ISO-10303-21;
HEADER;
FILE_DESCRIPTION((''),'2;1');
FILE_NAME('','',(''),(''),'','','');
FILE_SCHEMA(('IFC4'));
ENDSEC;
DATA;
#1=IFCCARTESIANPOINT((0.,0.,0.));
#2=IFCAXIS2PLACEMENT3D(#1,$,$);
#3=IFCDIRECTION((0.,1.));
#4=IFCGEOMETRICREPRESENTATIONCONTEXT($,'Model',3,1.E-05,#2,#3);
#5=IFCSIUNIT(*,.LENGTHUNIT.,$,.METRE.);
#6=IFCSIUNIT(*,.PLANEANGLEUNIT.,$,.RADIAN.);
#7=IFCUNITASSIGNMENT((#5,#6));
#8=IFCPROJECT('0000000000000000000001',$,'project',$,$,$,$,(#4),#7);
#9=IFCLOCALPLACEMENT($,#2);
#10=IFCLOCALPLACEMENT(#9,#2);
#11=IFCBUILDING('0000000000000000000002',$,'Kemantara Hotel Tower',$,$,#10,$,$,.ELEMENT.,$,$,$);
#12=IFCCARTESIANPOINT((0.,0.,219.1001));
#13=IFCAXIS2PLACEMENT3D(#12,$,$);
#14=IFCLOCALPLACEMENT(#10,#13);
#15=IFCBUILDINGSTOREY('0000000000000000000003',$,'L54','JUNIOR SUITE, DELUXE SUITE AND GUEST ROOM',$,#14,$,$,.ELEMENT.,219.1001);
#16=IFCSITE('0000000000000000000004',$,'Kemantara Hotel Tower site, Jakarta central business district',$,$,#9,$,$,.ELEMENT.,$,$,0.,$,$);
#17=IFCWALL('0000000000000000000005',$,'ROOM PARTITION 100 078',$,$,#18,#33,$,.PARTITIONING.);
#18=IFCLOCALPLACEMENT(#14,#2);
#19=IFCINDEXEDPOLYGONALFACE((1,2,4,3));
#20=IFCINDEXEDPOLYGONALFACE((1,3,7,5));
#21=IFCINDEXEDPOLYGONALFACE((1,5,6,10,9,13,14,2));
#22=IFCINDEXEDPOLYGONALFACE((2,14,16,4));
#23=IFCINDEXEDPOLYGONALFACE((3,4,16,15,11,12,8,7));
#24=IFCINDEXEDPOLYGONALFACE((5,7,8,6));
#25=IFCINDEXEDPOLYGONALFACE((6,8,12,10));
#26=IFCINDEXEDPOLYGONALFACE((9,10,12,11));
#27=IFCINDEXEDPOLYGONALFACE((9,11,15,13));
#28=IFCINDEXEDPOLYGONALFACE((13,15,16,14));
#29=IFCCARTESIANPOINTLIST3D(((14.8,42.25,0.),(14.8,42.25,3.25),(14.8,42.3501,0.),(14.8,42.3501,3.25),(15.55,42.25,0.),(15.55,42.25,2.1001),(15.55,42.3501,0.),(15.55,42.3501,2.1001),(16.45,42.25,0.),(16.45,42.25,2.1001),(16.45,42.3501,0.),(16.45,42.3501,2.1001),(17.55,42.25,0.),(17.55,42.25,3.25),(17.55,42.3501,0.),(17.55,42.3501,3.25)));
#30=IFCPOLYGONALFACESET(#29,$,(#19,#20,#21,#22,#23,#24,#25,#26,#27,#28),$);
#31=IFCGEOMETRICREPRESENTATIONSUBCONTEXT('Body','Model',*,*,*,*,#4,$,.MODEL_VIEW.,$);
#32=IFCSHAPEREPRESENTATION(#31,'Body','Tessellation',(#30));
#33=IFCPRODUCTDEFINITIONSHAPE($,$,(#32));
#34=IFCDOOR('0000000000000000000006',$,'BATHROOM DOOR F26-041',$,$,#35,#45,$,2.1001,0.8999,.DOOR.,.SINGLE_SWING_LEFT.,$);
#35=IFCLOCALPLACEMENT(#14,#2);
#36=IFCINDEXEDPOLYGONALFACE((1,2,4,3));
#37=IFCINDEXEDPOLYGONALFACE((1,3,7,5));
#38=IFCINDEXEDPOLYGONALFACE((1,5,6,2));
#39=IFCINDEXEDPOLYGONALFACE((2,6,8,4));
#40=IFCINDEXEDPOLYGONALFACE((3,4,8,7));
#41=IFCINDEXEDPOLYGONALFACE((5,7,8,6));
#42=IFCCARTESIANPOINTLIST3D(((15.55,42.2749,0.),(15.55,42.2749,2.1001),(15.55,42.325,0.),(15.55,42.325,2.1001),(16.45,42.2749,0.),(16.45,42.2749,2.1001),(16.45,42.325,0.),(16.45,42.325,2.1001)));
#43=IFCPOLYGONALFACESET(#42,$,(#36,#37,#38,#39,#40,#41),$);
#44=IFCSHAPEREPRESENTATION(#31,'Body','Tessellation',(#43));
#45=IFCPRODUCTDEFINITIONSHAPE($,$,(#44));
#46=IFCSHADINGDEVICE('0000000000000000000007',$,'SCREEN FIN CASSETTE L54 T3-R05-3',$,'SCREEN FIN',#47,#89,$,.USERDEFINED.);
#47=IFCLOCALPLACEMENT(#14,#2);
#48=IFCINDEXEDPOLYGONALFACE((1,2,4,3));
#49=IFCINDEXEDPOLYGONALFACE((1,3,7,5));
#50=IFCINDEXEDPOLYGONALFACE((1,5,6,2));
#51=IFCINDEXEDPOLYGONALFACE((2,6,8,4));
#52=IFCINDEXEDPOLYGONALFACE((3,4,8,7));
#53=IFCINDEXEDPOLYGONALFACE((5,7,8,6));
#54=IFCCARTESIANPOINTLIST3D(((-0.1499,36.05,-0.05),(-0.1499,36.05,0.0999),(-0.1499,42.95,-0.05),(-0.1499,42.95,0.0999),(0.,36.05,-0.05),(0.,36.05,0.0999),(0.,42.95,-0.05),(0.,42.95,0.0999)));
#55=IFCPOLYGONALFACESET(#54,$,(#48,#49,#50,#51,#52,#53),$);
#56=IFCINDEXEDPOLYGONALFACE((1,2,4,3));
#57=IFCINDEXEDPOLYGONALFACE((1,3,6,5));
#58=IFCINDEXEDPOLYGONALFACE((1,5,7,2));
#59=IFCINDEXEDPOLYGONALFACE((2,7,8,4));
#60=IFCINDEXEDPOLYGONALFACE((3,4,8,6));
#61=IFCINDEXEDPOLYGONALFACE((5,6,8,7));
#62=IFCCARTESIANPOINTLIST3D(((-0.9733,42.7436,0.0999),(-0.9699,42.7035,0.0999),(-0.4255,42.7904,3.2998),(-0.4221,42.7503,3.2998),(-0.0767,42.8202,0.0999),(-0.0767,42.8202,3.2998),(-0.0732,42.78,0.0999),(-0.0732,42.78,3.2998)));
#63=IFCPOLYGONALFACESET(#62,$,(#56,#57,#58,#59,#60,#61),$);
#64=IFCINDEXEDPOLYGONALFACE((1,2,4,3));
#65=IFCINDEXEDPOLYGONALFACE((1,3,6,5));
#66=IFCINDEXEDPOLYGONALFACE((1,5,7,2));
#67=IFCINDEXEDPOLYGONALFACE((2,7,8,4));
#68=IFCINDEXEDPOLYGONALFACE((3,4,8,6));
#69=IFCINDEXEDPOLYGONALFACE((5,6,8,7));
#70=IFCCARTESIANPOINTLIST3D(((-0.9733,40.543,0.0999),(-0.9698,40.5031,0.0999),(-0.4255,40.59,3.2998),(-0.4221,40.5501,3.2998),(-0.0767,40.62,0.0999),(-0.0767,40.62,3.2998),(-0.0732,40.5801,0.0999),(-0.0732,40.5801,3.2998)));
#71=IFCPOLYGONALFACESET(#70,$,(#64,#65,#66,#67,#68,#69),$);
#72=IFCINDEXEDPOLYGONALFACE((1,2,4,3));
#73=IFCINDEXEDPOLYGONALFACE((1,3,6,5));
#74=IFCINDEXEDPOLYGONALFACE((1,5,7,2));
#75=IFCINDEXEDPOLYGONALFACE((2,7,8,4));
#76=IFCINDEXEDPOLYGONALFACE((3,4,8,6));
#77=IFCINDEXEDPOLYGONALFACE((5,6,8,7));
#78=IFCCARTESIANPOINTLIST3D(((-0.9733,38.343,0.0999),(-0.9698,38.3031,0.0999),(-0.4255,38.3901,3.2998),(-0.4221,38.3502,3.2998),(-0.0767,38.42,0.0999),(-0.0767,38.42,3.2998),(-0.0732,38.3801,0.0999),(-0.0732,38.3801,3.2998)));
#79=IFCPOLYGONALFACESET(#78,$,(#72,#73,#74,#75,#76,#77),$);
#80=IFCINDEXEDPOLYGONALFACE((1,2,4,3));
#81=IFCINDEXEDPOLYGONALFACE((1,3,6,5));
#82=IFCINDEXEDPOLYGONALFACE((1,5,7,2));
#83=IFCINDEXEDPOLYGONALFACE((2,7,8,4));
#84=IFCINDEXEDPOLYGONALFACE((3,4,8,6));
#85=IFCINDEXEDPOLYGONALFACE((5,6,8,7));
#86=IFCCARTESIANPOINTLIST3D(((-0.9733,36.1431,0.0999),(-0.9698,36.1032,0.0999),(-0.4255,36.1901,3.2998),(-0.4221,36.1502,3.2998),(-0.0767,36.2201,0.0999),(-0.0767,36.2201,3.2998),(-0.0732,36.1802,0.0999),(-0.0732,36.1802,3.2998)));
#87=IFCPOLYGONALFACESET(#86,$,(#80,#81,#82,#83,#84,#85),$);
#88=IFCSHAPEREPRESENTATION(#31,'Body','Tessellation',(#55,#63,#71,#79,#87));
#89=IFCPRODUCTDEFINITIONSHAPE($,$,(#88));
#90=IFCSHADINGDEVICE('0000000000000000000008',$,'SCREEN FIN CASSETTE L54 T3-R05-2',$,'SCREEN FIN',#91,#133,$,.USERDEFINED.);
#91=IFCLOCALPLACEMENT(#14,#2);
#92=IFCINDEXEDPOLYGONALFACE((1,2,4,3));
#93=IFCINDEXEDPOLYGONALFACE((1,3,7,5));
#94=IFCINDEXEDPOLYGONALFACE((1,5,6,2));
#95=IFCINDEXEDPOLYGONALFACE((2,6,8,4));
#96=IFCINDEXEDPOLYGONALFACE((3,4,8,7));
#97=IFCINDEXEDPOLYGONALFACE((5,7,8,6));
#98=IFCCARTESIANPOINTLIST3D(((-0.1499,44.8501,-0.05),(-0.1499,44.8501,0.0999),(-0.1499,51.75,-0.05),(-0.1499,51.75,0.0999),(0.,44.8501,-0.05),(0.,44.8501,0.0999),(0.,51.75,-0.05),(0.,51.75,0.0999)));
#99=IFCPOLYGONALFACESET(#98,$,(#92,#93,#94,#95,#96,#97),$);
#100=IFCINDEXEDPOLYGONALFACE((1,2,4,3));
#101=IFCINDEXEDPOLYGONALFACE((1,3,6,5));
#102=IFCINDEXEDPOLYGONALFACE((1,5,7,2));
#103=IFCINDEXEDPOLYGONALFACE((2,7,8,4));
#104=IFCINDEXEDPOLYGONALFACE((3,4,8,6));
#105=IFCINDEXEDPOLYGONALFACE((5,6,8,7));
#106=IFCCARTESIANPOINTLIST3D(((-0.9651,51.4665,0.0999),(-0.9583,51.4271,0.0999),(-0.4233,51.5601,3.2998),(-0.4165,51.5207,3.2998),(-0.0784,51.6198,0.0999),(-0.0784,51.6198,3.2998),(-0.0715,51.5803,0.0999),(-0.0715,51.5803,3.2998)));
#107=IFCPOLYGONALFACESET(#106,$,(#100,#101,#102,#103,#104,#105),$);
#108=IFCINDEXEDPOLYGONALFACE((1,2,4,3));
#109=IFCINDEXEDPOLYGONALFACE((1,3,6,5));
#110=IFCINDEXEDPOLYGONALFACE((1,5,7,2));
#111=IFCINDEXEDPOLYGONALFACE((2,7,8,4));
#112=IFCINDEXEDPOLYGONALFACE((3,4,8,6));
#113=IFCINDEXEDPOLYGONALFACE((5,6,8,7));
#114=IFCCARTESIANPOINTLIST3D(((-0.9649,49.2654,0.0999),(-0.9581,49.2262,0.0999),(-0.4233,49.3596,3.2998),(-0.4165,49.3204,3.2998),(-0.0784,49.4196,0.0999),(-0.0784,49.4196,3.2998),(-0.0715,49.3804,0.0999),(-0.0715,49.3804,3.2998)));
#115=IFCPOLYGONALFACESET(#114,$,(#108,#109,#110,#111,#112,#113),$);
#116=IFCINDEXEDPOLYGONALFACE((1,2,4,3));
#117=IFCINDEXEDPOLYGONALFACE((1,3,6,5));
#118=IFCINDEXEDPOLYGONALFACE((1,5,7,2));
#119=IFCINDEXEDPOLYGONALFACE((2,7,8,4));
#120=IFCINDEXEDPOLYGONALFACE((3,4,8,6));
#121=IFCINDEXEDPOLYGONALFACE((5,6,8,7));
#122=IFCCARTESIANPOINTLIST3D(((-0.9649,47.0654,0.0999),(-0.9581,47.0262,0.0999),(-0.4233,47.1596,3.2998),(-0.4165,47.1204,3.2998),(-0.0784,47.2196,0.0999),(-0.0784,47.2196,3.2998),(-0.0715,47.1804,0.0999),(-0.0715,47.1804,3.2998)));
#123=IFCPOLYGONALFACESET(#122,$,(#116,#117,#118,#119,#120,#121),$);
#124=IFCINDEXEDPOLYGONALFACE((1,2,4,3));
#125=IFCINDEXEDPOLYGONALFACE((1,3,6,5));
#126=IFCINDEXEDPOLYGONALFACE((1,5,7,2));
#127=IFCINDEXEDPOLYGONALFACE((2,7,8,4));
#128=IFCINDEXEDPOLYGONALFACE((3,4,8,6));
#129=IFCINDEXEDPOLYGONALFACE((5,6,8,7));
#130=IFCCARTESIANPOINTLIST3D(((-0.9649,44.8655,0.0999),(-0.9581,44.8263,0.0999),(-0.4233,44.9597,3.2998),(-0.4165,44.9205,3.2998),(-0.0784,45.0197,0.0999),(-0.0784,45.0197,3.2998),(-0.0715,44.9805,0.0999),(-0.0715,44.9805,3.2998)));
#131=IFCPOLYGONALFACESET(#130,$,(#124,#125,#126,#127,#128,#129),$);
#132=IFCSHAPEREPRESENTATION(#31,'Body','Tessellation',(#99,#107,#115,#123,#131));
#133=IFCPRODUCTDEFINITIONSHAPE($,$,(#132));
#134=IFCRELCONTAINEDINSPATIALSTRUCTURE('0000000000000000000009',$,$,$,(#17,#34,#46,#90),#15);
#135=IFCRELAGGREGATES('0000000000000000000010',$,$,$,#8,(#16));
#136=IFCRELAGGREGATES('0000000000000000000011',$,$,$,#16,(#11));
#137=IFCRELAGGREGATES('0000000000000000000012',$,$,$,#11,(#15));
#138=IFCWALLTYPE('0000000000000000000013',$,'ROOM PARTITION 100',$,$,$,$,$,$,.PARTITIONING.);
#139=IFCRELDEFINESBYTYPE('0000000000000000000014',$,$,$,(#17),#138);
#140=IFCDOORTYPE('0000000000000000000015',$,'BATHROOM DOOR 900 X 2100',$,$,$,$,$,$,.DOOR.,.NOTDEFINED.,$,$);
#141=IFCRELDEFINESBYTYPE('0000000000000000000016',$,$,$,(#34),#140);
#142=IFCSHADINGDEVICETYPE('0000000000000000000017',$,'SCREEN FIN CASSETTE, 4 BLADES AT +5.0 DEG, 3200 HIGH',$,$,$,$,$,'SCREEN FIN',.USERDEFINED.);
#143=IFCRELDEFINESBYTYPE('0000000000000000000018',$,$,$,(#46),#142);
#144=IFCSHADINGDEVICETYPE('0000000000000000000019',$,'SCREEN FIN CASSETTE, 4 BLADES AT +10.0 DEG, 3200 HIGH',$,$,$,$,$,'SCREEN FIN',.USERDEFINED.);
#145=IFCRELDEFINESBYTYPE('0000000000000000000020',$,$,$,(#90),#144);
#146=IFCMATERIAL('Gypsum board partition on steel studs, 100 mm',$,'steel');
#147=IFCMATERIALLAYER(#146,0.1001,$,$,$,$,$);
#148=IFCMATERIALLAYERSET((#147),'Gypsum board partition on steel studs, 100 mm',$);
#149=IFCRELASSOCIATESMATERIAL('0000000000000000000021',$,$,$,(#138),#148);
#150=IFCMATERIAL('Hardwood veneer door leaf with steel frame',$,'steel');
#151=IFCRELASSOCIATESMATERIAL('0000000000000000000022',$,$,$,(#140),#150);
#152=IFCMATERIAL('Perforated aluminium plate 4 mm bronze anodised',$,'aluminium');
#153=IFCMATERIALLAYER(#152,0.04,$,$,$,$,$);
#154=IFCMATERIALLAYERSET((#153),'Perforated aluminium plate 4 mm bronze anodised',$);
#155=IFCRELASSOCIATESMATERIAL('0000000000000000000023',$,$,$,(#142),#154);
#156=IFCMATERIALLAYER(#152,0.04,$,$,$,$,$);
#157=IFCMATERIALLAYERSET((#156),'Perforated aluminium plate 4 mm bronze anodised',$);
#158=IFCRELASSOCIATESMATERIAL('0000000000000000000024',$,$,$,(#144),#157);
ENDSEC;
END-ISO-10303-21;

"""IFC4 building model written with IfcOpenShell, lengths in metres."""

from ifc_helpers import new_model, si_unit, direction, frame, frame_2d, origin, origin_2d, place, context, subcontext, project, spatial, polyline, rectangle, outline, extrude, source, transform, mapped, material, layer, layer_set, type_object, element, fill, save


model = new_model("IFC4")

# Units and contexts
model_context = context("Model", 3, precision=1e-05, world=origin(), true_north=direction((0.0, 1.0)))
body_context = subcontext(model_context, "Body", "Model", "MODEL_VIEW")
ifc_project = project(units=[si_unit("LENGTHUNIT", "METRE"), si_unit("PLANEANGLEUNIT", "RADIAN")], contexts=[model_context])

# Site, building, storey
site_placement = place(None, origin())
site = spatial("IfcSite", under=ifc_project, at=site_placement, Name="Kemantara Hotel Tower site, Jakarta central business district", CompositionType="ELEMENT", RefElevation=0.0)
building_placement = place(site_placement, origin())
building = spatial("IfcBuilding", under=site, at=building_placement, Name="Kemantara Hotel Tower", CompositionType="ELEMENT")
storey_placement = place(building_placement, frame((0.0, 0.0, 219.1001)))
storey = spatial("IfcBuildingStorey", under=building, at=storey_placement, Name="L54", Description="JUNIOR SUITE, DELUXE SUITE AND GUEST ROOM", CompositionType="ELEMENT", Elevation=219.1001)

# Shared definitions
ifc_material_1 = material(Name="Hardwood veneer door leaf with steel frame", Category="steel")

# Shared definitions
ifc_material_2 = material(Name="Gypsum board partition on steel studs, 100 mm", Category="steel")
ifc_layer_1 = layer(ifc_material_2, 0.1001)
ifc_layer_set_1 = layer_set([ifc_layer_1], Name="Gypsum board partition on steel studs, 100 mm")
wall_type_1 = type_object("IfcWallType", Name="ROOM PARTITION 100", PredefinedType="PARTITIONING", material=ifc_layer_set_1)

# Wall, opening, door
door_type_1 = type_object("IfcDoorType", Name="BATHROOM DOOR 900 X 2100", OperationType="NOTDEFINED", PredefinedType="DOOR", material=ifc_material_1)
wall_1_placement = place(storey_placement, frame((14.8, 42.3, 0.0), z_axis=(0.0, 0.0, 1.0), x_axis=(1.0, 0.0, 0.0)))
wall_1 = element("IfcWall", 1, at=wall_1_placement, inside=storey, type_object=wall_type_1, Name="ROOM PARTITION 100 078", PredefinedType="PARTITIONING", context=body_context, shape_type="SweptSolid", body=[
    extrude(rectangle(XDim=2.75, YDim=0.1001, at=frame_2d((1.375, 0.0))), origin(), (0.0, 0.0, 1.0), 3.25),
])
opening_1_placement = place(wall_1_placement, frame((0.75, 0.0, 0.0)))
opening_1 = element("IfcOpeningElement", 2, at=opening_1_placement, cuts=wall_1, PredefinedType="OPENING", context=body_context, shape_type="SweptSolid", body=[
    extrude(rectangle(XDim=0.8999, YDim=2.1001, at=frame_2d((0.45, 1.05))), frame((0.0, 0.0601, 0.0), z_axis=(0.0, -1.0, 0.0), x_axis=(1.0, 0.0, 0.0)), (0.0, 0.0, 1.0), 0.1201),
])
door_1_placement = place(opening_1_placement, origin())
door_1 = element("IfcDoor", 3, at=door_1_placement, inside=storey, type_object=door_type_1, Name="BATHROOM DOOR F26-041", OperationType="SINGLE_SWING_LEFT", OverallHeight=2.1001, OverallWidth=0.8999, PredefinedType="DOOR", context=body_context, shape_type="SweptSolid", body=[
    extrude(rectangle(XDim=0.8999, YDim=2.1001, at=frame_2d((0.45, 1.05))), frame((0.0, 0.0249, 0.0), z_axis=(0.0, -1.0, 0.0), x_axis=(1.0, 0.0, 0.0)), (0.0, 0.0, 1.0), 0.05),
])
fill(opening_1, door_1)

# Shading devices
ifc_material_3 = material(Name="Perforated aluminium plate 4 mm bronze anodised", Category="aluminium")
ifc_layer_2 = layer(ifc_material_3, 0.04)
ifc_layer_set_2 = layer_set([ifc_layer_2], Name="Perforated aluminium plate 4 mm bronze anodised")
shading_device_type_1 = type_object("IfcShadingDeviceType", Name="SCREEN FIN CASSETTE, 4 BLADES AT +5.0 DEG, 3200 HIGH", ElementType="SCREEN FIN", PredefinedType="USERDEFINED", material=ifc_layer_set_2)
shared_shape_1 = source(origin(), body_context, "Body", "SweptSolid", [
    extrude(rectangle(XDim=6.8999, YDim=0.1499, at=origin_2d()), frame((3.3, -0.075, -0.1499), z_axis=(0.0, 0.0, 1.0), x_axis=(1.0, 0.0, 0.0)), (0.0, 0.0, 1.0), 0.1499),
    extrude(outline(polyline([(0.0, 0.0), (0.8999, 0.0), (0.3501, 3.2), (0.0, 3.2), (0.0, 0.0)])), frame((0.02, -0.0732, 0.0), z_axis=(-0.996376, -0.085056, 0.0), x_axis=(0.085056, -0.996376, 0.0)), (0.0, 0.0, 1.0), 0.0403),
    extrude(outline(polyline([(0.0, 0.0), (0.8999, 0.0), (0.3501, 3.2), (0.0, 3.2), (0.0, 0.0)])), frame((2.22, -0.0732, 0.0), z_axis=(-0.996332, -0.085575, 0.0), x_axis=(0.085575, -0.996332, 0.0)), (0.0, 0.0, 1.0), 0.04),
    extrude(outline(polyline([(0.0, 0.0), (0.8999, 0.0), (0.3501, 3.2), (0.0, 3.2), (0.0, 0.0)])), frame((4.4199, -0.0732, 0.0), z_axis=(-0.996332, -0.085575, 0.0), x_axis=(0.085575, -0.996332, 0.0)), (0.0, 0.0, 1.0), 0.04),
    extrude(outline(polyline([(0.0, 0.0), (0.8999, 0.0), (0.3501, 3.2), (0.0, 3.2), (0.0, 0.0)])), frame((6.6199, -0.0732, 0.0), z_axis=(-0.996332, -0.085575, 0.0), x_axis=(0.085575, -0.996332, 0.0)), (0.0, 0.0, 1.0), 0.04),
])
shading_device_1_placement = place(storey_placement, frame((0.0, 42.8, 0.0999), z_axis=(0.0, 0.0, 1.0), x_axis=(0.0, -1.0, 0.0)))
element("IfcShadingDevice", 4, at=shading_device_1_placement, inside=storey, type_object=shading_device_type_1, Name="SCREEN FIN CASSETTE L54 T3-R05-3", ObjectType="SCREEN FIN", PredefinedType="USERDEFINED", context=body_context, shape_type="MappedRepresentation", body=[
    mapped(shared_shape_1, transform((0.0, 0.0, 0.0))),
])
ifc_layer_3 = layer(ifc_material_3, 0.04)
ifc_layer_set_3 = layer_set([ifc_layer_3], Name="Perforated aluminium plate 4 mm bronze anodised")
shading_device_type_2 = type_object("IfcShadingDeviceType", Name="SCREEN FIN CASSETTE, 4 BLADES AT +10.0 DEG, 3200 HIGH", ElementType="SCREEN FIN", PredefinedType="USERDEFINED", material=ifc_layer_set_3)
shared_shape_2 = source(origin(), body_context, "Body", "SweptSolid", [
    extrude(rectangle(XDim=6.8999, YDim=0.1499, at=origin_2d()), frame((3.3, -0.075, -0.1499), z_axis=(0.0, 0.0, 1.0), x_axis=(1.0, 0.0, 0.0)), (0.0, 0.0, 1.0), 0.1499),
    extrude(outline(polyline([(0.0, 0.0), (0.8999, 0.0), (0.3501, 3.2), (0.0, 3.2), (0.0, 0.0)])), frame((0.0198, -0.0715, 0.0), z_axis=(-0.98539, -0.170314, 0.0), x_axis=(0.170314, -0.98539, 0.0)), (0.0, 0.0, 1.0), 0.04),
    extrude(outline(polyline([(0.0, 0.0), (0.8999, 0.0), (0.3501, 3.2), (0.0, 3.2), (0.0, 0.0)])), frame((2.2197, -0.0715, 0.0), z_axis=(-0.985212, -0.171341, 0.0), x_axis=(0.171341, -0.985212, 0.0)), (0.0, 0.0, 1.0), 0.0398),
    extrude(outline(polyline([(0.0, 0.0), (0.8999, 0.0), (0.3501, 3.2), (0.0, 3.2), (0.0, 0.0)])), frame((4.4197, -0.0715, 0.0), z_axis=(-0.985212, -0.171341, 0.0), x_axis=(0.171341, -0.985212, 0.0)), (0.0, 0.0, 1.0), 0.0398),
    extrude(outline(polyline([(0.0, 0.0), (0.8999, 0.0), (0.3501, 3.2), (0.0, 3.2), (0.0, 0.0)])), frame((6.6196, -0.0715, 0.0), z_axis=(-0.985212, -0.171341, 0.0), x_axis=(0.171341, -0.985212, 0.0)), (0.0, 0.0, 1.0), 0.0398),
])
shading_device_2_placement = place(storey_placement, frame((0.0, 51.6001, 0.0999), z_axis=(0.0, 0.0, 1.0), x_axis=(0.0, -1.0, 0.0)))
element("IfcShadingDevice", 5, at=shading_device_2_placement, inside=storey, type_object=shading_device_type_2, Name="SCREEN FIN CASSETTE L54 T3-R05-2", ObjectType="SCREEN FIN", PredefinedType="USERDEFINED", context=body_context, shape_type="MappedRepresentation", body=[
    mapped(shared_shape_2, transform((0.0, 0.0, 0.0))),
])

save(model, "model.ifc")
